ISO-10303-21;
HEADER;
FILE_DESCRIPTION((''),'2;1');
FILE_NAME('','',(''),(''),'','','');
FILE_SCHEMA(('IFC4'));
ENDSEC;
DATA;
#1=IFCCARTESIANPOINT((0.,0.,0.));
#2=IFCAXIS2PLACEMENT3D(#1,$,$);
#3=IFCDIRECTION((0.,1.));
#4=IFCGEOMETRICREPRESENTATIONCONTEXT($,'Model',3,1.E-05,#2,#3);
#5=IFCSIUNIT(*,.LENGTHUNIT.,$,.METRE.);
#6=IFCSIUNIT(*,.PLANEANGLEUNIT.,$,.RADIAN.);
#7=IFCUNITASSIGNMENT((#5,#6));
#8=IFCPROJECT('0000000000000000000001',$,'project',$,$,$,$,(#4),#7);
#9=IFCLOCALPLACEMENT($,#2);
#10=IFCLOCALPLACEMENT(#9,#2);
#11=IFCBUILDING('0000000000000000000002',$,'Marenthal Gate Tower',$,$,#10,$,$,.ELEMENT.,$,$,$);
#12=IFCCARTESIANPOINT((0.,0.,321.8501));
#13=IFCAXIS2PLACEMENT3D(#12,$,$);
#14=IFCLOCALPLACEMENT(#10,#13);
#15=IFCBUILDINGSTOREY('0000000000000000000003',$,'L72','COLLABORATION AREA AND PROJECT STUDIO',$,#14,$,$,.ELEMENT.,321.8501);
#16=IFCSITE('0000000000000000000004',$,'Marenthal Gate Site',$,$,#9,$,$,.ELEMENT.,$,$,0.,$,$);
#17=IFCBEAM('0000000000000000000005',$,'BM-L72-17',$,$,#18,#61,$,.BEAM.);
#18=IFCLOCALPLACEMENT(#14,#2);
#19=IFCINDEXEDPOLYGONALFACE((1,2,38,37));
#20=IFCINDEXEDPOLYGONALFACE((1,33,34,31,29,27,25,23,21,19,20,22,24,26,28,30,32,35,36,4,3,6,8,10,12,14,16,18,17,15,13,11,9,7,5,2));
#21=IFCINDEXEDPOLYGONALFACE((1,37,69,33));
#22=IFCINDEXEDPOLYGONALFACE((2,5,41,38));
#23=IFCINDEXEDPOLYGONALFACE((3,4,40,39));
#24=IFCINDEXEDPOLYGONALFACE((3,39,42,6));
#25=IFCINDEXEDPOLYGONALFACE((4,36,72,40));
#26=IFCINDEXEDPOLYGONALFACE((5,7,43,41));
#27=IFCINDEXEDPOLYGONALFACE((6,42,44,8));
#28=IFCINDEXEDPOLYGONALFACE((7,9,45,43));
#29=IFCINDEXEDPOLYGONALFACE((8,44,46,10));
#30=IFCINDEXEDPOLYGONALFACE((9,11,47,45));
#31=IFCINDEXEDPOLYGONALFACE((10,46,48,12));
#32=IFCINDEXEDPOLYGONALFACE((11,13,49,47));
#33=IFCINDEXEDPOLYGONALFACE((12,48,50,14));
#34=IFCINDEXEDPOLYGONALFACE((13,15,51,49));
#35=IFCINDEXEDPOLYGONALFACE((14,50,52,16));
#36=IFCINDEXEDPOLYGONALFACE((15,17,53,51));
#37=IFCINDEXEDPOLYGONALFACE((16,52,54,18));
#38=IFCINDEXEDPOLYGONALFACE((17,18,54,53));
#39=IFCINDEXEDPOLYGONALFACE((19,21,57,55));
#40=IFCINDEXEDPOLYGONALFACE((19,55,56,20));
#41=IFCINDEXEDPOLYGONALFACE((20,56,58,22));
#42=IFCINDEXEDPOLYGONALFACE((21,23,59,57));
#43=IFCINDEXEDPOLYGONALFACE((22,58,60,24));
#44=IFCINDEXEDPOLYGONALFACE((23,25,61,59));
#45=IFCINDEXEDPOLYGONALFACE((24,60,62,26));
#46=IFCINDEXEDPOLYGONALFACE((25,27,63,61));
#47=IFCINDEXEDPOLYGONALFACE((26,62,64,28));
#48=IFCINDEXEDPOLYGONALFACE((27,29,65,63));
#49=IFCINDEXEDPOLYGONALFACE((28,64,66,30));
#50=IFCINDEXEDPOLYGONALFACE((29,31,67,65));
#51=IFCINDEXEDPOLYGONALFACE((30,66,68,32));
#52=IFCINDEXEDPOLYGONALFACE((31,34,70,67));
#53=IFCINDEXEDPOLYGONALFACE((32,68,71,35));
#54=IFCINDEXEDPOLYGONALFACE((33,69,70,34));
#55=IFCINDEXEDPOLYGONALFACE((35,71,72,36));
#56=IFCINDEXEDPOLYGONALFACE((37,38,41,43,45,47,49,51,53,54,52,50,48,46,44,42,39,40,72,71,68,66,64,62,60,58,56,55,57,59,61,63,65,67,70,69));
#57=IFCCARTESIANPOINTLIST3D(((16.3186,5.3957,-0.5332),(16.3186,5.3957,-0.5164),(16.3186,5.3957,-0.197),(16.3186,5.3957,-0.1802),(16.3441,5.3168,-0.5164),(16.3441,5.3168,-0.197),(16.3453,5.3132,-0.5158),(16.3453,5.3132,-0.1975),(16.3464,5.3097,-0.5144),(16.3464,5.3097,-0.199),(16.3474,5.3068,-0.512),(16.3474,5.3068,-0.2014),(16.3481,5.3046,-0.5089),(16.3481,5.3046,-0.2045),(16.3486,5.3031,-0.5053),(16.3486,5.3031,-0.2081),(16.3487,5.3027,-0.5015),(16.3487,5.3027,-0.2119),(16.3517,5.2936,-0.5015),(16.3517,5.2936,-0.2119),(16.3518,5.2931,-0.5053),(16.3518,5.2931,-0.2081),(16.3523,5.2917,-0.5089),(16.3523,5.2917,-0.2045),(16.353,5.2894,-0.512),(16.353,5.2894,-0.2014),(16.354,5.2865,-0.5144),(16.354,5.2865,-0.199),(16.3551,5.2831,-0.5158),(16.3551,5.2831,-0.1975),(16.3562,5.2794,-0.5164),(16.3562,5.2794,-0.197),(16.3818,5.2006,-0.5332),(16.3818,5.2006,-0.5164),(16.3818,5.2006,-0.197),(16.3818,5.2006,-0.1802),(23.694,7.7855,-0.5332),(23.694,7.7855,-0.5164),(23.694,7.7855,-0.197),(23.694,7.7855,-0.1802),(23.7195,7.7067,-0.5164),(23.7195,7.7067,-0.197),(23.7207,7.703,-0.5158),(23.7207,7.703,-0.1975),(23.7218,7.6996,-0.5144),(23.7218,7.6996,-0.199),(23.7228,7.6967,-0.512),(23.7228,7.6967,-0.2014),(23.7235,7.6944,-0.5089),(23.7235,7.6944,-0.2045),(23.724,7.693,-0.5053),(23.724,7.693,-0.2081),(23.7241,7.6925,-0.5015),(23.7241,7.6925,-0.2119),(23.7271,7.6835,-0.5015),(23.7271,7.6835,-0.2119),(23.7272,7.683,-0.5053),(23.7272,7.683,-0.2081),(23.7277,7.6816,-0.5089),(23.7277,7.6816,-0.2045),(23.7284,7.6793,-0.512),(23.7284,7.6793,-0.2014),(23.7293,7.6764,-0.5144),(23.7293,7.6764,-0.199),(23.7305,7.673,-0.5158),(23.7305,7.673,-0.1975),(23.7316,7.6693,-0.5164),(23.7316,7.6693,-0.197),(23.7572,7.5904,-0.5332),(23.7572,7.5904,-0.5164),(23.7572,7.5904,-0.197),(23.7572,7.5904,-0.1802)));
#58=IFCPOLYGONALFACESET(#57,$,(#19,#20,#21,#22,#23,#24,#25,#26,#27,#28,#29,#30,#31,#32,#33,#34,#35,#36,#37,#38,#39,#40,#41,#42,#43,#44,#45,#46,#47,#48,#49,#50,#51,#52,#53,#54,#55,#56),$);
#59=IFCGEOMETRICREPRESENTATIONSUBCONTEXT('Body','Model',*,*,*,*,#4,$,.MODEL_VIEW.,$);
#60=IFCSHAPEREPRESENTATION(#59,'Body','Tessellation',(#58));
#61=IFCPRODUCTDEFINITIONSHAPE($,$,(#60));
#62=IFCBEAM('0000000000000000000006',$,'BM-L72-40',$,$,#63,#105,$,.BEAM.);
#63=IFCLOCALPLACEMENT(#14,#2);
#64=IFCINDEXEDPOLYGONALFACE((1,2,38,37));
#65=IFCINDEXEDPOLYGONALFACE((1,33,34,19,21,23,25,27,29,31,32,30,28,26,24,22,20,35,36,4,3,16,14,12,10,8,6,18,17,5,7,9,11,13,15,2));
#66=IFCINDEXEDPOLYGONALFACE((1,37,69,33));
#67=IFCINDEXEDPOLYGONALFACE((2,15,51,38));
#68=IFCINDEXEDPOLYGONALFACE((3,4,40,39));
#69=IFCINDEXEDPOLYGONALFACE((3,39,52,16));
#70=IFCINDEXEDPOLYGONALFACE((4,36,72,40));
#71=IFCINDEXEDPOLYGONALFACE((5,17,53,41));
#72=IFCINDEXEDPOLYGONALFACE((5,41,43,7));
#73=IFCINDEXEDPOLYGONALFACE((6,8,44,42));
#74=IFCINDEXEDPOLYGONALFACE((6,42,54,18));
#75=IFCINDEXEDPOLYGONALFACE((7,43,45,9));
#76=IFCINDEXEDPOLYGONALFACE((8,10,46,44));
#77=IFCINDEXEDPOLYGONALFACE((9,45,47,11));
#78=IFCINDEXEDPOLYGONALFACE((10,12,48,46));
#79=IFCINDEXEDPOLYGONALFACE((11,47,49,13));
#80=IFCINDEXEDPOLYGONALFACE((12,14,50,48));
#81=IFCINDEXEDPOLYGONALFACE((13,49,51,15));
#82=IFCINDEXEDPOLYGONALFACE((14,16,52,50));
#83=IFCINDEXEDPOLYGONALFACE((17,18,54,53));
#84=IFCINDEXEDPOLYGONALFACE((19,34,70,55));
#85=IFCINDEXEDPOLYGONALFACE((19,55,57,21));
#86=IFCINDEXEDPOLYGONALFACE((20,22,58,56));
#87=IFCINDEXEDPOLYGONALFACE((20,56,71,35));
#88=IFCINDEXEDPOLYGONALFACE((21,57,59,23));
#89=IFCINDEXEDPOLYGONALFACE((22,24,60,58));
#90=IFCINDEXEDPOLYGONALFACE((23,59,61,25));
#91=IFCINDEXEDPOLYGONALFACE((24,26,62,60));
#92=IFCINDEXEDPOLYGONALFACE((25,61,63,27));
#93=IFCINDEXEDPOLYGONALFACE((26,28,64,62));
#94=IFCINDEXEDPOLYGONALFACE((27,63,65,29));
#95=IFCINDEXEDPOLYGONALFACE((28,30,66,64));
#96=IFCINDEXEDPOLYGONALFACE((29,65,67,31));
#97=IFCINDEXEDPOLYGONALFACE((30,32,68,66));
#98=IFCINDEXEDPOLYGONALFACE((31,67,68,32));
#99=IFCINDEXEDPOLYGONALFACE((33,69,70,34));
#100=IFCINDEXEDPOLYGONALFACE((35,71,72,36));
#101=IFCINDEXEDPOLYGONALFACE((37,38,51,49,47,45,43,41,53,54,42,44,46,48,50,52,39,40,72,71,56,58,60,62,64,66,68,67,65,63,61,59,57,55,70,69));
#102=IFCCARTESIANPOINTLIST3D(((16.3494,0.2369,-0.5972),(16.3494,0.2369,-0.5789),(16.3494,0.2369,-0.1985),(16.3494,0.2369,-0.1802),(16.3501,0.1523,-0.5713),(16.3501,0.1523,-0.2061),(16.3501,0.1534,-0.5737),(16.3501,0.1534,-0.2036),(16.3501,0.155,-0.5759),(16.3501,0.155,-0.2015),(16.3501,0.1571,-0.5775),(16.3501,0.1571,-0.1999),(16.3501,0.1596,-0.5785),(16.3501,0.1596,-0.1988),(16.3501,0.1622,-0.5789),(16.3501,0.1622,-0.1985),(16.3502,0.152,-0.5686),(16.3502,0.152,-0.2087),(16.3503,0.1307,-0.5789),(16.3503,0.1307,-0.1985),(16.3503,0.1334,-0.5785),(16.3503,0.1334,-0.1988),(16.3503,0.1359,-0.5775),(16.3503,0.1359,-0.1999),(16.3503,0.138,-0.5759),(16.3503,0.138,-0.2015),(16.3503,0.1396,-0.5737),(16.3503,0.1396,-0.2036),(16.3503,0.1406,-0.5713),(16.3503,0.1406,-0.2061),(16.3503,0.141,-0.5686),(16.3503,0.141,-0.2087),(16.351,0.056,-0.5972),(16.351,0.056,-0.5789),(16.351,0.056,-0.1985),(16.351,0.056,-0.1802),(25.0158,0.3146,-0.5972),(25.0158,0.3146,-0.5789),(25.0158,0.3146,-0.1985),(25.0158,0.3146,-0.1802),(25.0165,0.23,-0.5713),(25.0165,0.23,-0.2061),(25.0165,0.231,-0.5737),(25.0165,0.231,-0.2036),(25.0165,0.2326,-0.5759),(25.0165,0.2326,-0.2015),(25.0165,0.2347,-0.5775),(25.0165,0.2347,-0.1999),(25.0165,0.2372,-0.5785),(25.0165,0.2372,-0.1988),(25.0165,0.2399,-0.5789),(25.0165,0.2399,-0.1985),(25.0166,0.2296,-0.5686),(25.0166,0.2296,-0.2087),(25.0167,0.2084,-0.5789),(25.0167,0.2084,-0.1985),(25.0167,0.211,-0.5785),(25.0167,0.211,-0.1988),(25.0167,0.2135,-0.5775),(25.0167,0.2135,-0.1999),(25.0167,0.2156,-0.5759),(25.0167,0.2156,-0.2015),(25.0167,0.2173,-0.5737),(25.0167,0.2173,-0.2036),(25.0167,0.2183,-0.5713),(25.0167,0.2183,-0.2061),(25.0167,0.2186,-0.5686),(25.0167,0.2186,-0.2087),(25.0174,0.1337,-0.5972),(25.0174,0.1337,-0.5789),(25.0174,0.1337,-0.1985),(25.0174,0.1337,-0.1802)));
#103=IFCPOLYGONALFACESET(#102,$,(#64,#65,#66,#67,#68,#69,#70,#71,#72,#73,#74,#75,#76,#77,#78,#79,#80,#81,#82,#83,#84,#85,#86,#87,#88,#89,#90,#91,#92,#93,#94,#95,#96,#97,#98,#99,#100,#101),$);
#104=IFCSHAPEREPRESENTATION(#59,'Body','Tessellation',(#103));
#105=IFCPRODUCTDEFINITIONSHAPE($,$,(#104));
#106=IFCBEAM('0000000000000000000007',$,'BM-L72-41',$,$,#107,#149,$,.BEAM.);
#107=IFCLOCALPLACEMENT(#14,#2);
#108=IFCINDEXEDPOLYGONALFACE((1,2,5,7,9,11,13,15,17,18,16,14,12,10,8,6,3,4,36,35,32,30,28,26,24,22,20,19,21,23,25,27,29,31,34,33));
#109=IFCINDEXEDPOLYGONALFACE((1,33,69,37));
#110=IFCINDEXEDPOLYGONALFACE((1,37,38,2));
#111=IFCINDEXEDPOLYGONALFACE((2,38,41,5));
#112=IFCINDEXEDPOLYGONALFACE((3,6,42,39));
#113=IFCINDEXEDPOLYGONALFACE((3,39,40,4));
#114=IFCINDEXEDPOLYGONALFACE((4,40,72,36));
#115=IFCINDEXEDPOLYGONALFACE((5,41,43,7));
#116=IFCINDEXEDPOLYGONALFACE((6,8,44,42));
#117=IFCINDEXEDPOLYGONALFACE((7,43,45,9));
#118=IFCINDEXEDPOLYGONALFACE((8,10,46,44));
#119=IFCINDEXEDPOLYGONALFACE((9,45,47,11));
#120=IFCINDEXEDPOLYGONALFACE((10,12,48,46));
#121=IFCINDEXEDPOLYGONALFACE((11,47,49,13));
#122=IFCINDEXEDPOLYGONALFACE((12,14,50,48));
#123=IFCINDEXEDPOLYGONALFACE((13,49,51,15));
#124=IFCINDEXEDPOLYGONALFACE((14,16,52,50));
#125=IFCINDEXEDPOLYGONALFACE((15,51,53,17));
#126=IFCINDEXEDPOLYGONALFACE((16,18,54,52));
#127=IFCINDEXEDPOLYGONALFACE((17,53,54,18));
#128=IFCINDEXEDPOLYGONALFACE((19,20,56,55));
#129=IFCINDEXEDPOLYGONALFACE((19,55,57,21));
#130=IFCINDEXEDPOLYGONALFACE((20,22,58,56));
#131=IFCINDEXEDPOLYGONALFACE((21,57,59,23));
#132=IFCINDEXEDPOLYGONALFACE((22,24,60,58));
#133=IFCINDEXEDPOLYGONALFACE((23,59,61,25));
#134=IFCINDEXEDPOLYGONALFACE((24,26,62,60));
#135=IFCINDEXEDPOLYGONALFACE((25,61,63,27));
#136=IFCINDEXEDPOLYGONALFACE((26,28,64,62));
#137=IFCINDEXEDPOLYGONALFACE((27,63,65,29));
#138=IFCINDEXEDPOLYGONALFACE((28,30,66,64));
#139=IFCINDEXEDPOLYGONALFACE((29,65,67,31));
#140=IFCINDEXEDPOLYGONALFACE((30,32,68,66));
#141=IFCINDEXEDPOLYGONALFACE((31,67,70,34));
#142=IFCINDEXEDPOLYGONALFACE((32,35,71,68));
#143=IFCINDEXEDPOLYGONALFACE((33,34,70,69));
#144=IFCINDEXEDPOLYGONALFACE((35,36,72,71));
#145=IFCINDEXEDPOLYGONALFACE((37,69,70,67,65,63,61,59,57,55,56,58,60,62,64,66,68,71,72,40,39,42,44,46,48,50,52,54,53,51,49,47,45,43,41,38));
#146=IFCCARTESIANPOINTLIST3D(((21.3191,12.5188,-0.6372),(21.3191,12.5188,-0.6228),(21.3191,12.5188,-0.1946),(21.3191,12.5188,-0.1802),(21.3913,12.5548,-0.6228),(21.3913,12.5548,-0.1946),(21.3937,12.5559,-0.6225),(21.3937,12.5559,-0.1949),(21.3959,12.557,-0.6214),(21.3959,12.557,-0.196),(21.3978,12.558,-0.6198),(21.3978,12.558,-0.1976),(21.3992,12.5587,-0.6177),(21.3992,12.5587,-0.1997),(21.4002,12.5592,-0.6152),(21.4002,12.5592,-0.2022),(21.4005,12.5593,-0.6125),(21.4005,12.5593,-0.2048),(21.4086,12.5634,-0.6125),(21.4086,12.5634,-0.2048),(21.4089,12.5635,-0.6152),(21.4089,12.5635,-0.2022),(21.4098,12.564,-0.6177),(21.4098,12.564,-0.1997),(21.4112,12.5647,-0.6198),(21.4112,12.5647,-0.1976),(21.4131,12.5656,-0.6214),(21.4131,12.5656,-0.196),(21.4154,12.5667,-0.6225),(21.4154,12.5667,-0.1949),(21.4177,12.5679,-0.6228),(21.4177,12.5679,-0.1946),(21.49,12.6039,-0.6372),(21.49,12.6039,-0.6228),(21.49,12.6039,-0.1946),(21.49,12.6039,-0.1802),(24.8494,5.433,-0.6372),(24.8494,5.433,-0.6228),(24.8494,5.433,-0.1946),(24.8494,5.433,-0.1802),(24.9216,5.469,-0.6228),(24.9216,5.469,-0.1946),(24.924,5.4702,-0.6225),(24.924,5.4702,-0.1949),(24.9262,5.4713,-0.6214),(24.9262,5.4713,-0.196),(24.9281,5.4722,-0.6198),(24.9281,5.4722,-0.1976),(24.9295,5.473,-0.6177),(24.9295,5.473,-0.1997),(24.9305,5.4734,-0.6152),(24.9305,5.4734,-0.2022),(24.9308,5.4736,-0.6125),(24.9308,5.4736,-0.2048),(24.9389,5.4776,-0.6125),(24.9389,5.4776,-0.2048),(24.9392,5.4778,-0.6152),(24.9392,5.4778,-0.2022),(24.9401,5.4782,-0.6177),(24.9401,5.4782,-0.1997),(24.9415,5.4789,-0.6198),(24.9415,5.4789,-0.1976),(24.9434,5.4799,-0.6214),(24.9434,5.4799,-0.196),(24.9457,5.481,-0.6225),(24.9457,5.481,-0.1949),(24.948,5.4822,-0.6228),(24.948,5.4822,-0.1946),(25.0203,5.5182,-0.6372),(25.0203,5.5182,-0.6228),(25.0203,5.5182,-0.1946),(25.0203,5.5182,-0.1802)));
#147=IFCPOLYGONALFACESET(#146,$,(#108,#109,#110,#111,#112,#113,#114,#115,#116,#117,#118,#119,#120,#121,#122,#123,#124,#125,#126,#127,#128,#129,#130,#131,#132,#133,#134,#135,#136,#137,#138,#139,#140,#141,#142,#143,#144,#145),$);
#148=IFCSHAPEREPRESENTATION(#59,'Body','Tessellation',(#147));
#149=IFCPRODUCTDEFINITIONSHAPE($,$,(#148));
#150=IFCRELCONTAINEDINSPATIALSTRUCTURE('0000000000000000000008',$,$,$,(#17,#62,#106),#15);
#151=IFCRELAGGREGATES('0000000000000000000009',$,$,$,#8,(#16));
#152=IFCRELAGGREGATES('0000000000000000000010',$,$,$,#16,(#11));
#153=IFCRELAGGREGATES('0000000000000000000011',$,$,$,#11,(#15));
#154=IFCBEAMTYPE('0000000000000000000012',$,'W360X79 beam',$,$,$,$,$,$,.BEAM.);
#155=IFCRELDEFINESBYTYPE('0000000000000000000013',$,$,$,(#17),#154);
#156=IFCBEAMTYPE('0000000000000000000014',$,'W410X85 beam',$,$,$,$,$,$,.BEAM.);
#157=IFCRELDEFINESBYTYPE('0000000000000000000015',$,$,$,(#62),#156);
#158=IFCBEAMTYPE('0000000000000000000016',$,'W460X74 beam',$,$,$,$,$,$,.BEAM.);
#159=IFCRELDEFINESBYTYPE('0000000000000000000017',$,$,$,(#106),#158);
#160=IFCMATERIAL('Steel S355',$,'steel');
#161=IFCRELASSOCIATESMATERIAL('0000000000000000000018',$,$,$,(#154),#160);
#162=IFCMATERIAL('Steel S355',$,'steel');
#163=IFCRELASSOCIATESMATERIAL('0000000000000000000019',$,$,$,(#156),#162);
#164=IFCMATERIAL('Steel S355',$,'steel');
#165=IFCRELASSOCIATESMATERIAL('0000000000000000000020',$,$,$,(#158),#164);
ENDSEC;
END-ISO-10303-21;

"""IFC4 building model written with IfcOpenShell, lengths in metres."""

from ifc_helpers import new_model, si_unit, direction, frame, origin, origin_2d, place, context, subcontext, project, spatial, i_section, extrude, material, material_profile, profile_set, type_object, element, save


model = new_model("IFC4")

# Units and contexts
model_context = context("Model", 3, precision=1e-05, world=origin(), true_north=direction((0.0, 1.0)))
body_context = subcontext(model_context, "Body", "Model", "MODEL_VIEW")
ifc_project = project(units=[si_unit("LENGTHUNIT", "METRE"), si_unit("PLANEANGLEUNIT", "RADIAN")], contexts=[model_context])

# Site, building, storey
site_placement = place(None, origin())
site = spatial("IfcSite", under=ifc_project, at=site_placement, Name="Marenthal Gate Site", CompositionType="ELEMENT", RefElevation=0.0)
building_placement = place(site_placement, origin())
building = spatial("IfcBuilding", under=site, at=building_placement, Name="Marenthal Gate Tower", CompositionType="ELEMENT")
storey_placement = place(building_placement, frame((0.0, 0.0, 321.8501)))
storey = spatial("IfcBuildingStorey", under=building, at=storey_placement, Name="L72", Description="COLLABORATION AREA AND PROJECT STUDIO", CompositionType="ELEMENT", Elevation=321.8501)

# Beams
ifc_material_1 = material(Name="Steel S355", Category="steel")
ifc_material_profile_1 = material_profile(ifc_material_1, i_section(OverallWidth=0.2051, OverallDepth=0.353, WebThickness=0.0095, FlangeThickness=0.0168, FilletRadius=0.0149, at=origin_2d()), Name="W360X79")
ifc_profile_set_1 = profile_set([ifc_material_profile_1], Name="Steel S355")
beam_type_1 = type_object("IfcBeamType", Name="W360X79 beam", PredefinedType="BEAM", material=ifc_profile_set_1)
beam_1_placement = place(storey_placement, frame((23.7256, 7.688, -0.3567), z_axis=(-0.951304, -0.308253, 0.0), x_axis=(0.308253, -0.951304, 0.0)))
element("IfcBeam", 1, at=beam_1_placement, inside=storey, type_object=beam_type_1, Name="BM-L72-17", PredefinedType="BEAM", context=body_context, shape_type="SweptSolid", body=[
    extrude(i_section(OverallWidth=0.2051, OverallDepth=0.353, WebThickness=0.0095, FlangeThickness=0.0168, FilletRadius=0.0149, at=origin_2d()), origin(), (0.0, 0.0, 1.0), 7.7529),
])
ifc_material_2 = material(Name="Steel S355", Category="steel")
ifc_material_profile_2 = material_profile(ifc_material_2, i_section(OverallWidth=0.1809, OverallDepth=0.417, WebThickness=0.011, FlangeThickness=0.0183, FilletRadius=0.0103, at=origin_2d()), Name="W410X85")
ifc_profile_set_2 = profile_set([ifc_material_profile_2], Name="Steel S355")
beam_type_2 = type_object("IfcBeamType", Name="W410X85 beam", PredefinedType="BEAM", material=ifc_profile_set_2)
beam_2_placement = place(storey_placement, frame((25.0166, 0.2241, -0.3887), z_axis=(-0.99996, -0.008958, 0.0), x_axis=(0.008958, -0.99996, 0.0)))
element("IfcBeam", 2, at=beam_2_placement, inside=storey, type_object=beam_type_2, Name="BM-L72-40", PredefinedType="BEAM", context=body_context, shape_type="SweptSolid", body=[
    extrude(i_section(OverallWidth=0.1809, OverallDepth=0.417, WebThickness=0.011, FlangeThickness=0.0183, FilletRadius=0.0103, at=origin_2d()), origin(), (0.0, 0.0, 1.0), 8.6667),
])
ifc_material_3 = material(Name="Steel S355", Category="steel")
ifc_material_profile_3 = material_profile(ifc_material_3, i_section(OverallWidth=0.1909, OverallDepth=0.457, WebThickness=0.009, FlangeThickness=0.0144, FilletRadius=0.0103, at=origin_2d()), Name="W460X74")
ifc_profile_set_3 = profile_set([ifc_material_profile_3], Name="Steel S355")
beam_type_3 = type_object("IfcBeamType", Name="W460X74 beam", PredefinedType="BEAM", material=ifc_profile_set_3)
beam_3_placement = place(storey_placement, frame((24.9348, 5.4756, -0.4087), z_axis=(-0.445943, 0.895062, 0.0), x_axis=(-0.895062, -0.445943, 0.0)))
element("IfcBeam", 3, at=beam_3_placement, inside=storey, type_object=beam_type_3, Name="BM-L72-41", PredefinedType="BEAM", context=body_context, shape_type="SweptSolid", body=[
    extrude(i_section(OverallWidth=0.1909, OverallDepth=0.457, WebThickness=0.009, FlangeThickness=0.0144, FilletRadius=0.0103, at=origin_2d()), origin(), (0.0, 0.0, 1.0), 7.9165),
])

save(model, "model.ifc")
